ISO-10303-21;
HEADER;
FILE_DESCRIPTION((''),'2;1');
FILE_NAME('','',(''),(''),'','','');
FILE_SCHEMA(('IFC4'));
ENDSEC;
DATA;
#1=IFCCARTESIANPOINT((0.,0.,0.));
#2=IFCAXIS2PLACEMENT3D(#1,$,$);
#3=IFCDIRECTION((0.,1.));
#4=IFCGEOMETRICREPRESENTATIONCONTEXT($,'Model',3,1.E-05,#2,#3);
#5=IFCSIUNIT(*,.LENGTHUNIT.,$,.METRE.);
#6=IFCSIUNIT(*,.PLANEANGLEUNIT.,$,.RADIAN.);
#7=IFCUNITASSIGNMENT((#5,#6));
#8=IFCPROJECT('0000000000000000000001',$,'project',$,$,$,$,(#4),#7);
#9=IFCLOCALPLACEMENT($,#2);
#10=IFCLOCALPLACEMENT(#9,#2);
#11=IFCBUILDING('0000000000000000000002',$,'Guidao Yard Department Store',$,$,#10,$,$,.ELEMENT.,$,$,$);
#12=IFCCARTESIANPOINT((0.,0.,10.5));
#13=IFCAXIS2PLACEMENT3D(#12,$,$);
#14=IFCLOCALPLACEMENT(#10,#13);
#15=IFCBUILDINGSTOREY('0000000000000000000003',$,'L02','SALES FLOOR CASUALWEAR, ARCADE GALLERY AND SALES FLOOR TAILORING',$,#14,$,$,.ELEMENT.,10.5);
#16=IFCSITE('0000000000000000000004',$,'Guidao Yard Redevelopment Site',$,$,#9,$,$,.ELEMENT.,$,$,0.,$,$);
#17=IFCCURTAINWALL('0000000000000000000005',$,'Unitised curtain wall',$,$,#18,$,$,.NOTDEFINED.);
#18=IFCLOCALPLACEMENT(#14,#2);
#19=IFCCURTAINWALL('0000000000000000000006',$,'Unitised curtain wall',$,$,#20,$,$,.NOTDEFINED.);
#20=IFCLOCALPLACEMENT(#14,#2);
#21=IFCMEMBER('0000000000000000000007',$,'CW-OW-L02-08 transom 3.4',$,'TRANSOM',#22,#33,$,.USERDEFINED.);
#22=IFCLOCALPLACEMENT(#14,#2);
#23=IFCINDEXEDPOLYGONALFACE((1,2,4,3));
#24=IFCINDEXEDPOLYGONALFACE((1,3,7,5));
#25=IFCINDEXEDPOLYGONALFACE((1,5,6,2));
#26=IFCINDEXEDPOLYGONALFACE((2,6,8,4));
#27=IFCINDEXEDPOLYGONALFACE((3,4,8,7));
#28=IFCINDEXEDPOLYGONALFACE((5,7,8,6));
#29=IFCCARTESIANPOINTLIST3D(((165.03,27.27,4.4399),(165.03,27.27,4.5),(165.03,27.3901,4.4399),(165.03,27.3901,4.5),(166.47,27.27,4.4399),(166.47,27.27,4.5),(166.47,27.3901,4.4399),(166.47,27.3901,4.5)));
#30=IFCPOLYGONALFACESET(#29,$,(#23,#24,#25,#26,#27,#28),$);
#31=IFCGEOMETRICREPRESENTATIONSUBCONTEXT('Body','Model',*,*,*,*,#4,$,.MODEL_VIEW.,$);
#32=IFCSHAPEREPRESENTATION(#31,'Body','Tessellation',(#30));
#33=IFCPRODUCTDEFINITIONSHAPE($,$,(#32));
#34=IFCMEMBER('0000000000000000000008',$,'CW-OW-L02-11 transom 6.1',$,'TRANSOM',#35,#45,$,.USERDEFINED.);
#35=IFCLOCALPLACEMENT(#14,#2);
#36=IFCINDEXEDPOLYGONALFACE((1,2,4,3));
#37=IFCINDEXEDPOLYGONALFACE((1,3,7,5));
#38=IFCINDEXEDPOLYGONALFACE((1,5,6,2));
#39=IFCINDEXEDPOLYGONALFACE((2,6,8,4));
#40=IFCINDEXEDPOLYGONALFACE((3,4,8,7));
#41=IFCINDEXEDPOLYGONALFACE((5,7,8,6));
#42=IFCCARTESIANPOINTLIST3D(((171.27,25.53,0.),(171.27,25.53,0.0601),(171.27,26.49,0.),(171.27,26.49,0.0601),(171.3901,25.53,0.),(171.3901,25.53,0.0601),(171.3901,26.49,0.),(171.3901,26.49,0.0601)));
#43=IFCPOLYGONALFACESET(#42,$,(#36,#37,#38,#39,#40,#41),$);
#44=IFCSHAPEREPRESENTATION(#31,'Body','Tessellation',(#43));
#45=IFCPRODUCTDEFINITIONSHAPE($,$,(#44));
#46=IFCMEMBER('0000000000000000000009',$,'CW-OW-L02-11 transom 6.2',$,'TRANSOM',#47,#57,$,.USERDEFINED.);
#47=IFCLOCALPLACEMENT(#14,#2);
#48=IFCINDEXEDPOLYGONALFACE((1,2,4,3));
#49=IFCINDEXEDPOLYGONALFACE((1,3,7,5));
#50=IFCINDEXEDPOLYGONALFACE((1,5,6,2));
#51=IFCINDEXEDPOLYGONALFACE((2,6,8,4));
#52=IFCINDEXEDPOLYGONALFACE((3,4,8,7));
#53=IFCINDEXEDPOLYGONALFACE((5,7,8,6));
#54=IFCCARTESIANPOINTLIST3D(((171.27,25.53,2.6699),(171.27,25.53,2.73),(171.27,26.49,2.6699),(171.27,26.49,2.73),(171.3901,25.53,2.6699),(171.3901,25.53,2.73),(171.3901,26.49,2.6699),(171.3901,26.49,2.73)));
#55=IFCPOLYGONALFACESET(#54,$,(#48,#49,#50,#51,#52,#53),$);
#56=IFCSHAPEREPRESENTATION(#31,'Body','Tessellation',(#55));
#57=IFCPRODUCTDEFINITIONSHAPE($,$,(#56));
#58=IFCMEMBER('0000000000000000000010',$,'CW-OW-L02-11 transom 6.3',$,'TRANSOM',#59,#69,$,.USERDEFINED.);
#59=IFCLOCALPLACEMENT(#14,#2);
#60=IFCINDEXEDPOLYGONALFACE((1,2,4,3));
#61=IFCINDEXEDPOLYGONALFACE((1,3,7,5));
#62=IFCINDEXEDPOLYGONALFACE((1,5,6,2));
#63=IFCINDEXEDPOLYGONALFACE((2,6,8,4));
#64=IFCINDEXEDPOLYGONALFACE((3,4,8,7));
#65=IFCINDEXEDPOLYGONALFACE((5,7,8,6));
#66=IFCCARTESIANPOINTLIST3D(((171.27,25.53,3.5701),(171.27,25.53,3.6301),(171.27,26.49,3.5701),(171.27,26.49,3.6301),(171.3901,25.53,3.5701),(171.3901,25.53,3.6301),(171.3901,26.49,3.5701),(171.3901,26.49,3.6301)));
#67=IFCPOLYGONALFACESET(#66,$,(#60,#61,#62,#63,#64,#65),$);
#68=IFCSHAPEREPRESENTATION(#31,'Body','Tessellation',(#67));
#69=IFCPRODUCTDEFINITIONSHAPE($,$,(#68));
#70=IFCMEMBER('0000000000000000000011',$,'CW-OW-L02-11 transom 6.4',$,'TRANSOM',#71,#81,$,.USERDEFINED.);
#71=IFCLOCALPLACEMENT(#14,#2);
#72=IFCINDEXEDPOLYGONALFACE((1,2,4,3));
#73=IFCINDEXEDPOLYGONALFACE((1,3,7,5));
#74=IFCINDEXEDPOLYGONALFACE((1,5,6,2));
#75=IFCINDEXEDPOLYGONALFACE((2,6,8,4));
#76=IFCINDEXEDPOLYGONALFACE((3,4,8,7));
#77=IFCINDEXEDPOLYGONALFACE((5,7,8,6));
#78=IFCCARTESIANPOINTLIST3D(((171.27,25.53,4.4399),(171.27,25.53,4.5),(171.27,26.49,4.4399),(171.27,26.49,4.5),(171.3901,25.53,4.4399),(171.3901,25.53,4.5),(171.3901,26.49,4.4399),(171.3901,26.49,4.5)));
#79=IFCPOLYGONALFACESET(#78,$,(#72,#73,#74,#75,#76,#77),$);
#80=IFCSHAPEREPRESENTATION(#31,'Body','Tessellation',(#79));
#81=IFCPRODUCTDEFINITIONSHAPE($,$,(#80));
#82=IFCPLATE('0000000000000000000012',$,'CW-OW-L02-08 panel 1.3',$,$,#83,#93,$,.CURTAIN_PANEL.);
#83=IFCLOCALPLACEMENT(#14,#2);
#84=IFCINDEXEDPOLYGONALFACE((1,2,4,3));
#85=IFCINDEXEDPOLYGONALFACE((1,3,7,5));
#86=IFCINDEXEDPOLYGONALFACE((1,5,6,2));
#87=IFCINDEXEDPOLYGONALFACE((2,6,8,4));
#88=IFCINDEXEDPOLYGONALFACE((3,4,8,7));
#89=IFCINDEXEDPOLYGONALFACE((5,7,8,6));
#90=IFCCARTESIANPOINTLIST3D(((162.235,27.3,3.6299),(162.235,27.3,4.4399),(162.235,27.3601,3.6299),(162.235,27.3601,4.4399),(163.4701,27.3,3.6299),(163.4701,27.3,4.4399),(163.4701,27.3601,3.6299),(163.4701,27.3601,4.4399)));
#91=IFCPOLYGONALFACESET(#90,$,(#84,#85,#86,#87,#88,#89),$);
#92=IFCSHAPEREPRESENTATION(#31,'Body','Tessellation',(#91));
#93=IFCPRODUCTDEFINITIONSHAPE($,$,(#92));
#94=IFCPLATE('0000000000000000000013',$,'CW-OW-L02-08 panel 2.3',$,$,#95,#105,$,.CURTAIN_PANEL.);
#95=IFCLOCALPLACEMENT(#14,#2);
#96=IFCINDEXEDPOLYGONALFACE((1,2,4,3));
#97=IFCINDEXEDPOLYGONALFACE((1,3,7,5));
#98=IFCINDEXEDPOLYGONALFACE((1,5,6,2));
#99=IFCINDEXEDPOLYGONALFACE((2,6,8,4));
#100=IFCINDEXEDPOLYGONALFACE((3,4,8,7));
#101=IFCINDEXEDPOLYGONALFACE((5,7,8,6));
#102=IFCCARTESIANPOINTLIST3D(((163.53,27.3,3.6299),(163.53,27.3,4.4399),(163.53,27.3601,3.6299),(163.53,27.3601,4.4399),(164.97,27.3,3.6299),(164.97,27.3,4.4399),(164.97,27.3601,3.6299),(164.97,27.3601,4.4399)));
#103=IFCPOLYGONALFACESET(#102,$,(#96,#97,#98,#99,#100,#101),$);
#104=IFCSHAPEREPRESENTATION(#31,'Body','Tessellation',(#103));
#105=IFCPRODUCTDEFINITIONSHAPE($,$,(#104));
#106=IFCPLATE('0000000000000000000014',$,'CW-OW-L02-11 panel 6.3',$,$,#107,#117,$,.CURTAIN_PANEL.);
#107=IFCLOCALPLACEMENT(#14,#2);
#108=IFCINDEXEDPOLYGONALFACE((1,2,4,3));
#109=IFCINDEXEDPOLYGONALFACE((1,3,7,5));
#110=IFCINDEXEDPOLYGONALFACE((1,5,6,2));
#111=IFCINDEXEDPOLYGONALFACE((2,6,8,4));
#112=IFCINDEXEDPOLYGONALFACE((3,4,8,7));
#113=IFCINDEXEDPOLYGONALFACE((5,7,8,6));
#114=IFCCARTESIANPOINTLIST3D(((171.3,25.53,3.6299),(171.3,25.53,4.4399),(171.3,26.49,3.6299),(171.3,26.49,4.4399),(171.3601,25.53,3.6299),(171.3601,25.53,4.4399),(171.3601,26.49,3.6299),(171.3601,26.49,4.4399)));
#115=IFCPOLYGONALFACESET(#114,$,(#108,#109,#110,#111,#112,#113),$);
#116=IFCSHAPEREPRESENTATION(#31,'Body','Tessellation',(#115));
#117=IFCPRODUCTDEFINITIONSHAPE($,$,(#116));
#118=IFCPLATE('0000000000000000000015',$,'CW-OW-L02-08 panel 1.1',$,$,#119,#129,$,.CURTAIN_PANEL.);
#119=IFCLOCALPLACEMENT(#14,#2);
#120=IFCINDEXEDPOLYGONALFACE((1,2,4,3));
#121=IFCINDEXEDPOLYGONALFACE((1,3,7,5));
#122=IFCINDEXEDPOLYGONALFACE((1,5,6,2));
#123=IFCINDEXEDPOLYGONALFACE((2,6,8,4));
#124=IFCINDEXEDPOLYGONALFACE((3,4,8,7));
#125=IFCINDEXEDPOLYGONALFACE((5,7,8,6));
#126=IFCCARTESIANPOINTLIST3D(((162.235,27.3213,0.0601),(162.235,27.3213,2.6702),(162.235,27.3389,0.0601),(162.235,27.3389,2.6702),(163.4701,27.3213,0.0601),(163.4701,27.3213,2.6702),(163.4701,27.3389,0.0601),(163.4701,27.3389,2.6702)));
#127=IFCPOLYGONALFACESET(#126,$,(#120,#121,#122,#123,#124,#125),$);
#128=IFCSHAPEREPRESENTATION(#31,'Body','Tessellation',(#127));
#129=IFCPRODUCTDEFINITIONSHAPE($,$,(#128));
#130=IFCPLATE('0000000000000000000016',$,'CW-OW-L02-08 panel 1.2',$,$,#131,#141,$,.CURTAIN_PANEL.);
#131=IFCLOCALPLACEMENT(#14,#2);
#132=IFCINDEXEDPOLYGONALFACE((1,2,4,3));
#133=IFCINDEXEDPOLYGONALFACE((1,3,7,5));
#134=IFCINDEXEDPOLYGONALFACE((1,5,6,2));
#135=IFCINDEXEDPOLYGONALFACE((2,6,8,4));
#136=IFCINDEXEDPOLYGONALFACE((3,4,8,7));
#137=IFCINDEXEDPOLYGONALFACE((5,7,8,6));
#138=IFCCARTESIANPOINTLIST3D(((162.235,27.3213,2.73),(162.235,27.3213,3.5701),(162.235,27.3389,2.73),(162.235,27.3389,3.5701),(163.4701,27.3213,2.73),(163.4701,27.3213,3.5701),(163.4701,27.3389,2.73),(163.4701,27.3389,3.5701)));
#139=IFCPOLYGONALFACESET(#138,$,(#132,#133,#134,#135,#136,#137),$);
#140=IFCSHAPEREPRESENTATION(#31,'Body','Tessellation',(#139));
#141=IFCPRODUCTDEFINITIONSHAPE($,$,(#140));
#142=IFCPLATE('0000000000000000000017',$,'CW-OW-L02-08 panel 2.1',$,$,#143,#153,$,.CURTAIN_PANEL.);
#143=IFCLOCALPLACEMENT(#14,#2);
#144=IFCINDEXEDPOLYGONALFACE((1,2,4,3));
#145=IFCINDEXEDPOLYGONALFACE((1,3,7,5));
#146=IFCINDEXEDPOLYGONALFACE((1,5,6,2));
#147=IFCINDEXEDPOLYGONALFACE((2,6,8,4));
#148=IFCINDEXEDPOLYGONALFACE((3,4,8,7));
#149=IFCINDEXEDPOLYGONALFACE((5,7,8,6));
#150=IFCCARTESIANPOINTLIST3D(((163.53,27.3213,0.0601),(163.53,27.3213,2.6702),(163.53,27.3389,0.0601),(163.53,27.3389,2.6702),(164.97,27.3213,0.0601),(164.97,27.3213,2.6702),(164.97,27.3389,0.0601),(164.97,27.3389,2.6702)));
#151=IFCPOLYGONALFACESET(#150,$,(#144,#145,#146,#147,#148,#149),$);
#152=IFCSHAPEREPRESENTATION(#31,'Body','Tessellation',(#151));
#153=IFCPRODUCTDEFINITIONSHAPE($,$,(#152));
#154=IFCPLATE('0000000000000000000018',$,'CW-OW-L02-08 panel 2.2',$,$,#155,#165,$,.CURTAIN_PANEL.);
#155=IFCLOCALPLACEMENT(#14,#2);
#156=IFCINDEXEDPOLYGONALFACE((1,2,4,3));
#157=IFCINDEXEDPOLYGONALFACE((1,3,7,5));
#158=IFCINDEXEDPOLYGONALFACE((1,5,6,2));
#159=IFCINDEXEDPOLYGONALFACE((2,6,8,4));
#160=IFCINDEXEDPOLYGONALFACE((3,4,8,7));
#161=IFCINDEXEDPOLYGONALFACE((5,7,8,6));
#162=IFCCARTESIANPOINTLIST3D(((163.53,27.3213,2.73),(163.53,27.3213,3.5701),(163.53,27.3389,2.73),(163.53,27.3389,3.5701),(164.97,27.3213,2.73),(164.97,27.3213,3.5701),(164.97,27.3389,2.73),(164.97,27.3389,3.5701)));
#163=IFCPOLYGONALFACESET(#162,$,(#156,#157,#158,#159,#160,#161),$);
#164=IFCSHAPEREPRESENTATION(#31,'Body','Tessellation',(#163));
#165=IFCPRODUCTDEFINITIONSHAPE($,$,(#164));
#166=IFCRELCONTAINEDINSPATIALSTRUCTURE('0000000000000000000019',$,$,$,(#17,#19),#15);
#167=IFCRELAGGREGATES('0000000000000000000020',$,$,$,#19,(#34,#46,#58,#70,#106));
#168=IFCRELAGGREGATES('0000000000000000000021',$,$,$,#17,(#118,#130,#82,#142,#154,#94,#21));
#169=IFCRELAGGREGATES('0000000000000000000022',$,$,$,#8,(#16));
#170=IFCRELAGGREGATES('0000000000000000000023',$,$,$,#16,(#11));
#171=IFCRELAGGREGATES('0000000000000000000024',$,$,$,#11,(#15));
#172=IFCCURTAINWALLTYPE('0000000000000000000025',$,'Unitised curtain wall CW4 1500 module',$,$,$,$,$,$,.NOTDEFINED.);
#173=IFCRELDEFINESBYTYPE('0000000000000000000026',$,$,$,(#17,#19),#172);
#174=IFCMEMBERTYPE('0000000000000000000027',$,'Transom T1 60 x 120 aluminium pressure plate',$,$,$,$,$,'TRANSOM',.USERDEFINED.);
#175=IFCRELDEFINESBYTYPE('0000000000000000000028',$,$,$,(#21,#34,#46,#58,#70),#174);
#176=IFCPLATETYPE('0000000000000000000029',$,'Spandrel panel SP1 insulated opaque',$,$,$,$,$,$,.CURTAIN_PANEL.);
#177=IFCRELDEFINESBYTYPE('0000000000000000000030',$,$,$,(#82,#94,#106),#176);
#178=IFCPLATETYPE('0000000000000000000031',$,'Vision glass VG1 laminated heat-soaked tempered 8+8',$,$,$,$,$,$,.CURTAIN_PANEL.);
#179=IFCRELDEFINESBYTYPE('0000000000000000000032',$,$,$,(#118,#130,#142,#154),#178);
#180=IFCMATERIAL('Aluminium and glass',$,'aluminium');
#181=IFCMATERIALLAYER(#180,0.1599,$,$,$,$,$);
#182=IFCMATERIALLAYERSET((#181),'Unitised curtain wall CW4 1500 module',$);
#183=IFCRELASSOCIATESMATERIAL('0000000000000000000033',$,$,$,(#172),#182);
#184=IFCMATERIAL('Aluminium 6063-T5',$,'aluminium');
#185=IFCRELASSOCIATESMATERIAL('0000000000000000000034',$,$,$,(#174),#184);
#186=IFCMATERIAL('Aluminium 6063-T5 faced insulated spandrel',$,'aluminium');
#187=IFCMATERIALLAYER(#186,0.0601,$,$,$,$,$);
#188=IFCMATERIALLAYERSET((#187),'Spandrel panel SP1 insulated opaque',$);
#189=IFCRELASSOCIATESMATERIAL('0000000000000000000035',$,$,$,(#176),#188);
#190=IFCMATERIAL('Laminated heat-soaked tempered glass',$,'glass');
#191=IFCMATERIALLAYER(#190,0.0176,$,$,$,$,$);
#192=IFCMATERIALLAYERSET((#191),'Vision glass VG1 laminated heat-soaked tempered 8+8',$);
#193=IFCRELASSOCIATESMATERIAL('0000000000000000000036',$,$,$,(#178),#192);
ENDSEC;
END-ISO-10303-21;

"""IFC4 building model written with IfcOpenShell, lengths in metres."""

from ifc_helpers import new_model, si_unit, direction, frame, origin, origin_2d, place, context, subcontext, project, spatial, rectangle, extrude, material, layer, layer_set, material_profile, profile_set, type_object, element, aggregate, save


model = new_model("IFC4")

# Units and contexts
model_context = context("Model", 3, precision=1e-05, world=origin(), true_north=direction((0.0, 1.0)))
body_context = subcontext(model_context, "Body", "Model", "MODEL_VIEW")
ifc_project = project(units=[si_unit("LENGTHUNIT", "METRE"), si_unit("PLANEANGLEUNIT", "RADIAN")], contexts=[model_context])

# Site, building, storey
site_placement = place(None, origin())
site = spatial("IfcSite", under=ifc_project, at=site_placement, Name="Guidao Yard Redevelopment Site", CompositionType="ELEMENT", RefElevation=0.0)
building_placement = place(site_placement, origin())
building = spatial("IfcBuilding", under=site, at=building_placement, Name="Guidao Yard Department Store", CompositionType="ELEMENT")
storey_placement = place(building_placement, frame((0.0, 0.0, 10.5)))
storey = spatial("IfcBuildingStorey", under=building, at=storey_placement, Name="L02", Description="SALES FLOOR CASUALWEAR, ARCADE GALLERY AND SALES FLOOR TAILORING", CompositionType="ELEMENT", Elevation=10.5)

# Curtain wall
ifc_material_1 = material(Name="Aluminium and glass", Category="aluminium")
ifc_layer_1 = layer(ifc_material_1, 0.1599)
ifc_layer_set_1 = layer_set([ifc_layer_1], Name="Unitised curtain wall CW4 1500 module")
curtain_wall_type = type_object("IfcCurtainWallType", Name="Unitised curtain wall CW4 1500 module", PredefinedType="NOTDEFINED", material=ifc_layer_set_1)
curtain_wall_1_placement = place(storey_placement, origin())
curtain_wall_1 = element("IfcCurtainWall", 1, at=curtain_wall_1_placement, inside=storey, type_object=curtain_wall_type, Name="Unitised curtain wall", PredefinedType="NOTDEFINED")

# Curtain wall
curtain_wall_2_placement = place(storey_placement, origin())
curtain_wall_2 = element("IfcCurtainWall", 2, at=curtain_wall_2_placement, inside=storey, type_object=curtain_wall_type, Name="Unitised curtain wall", PredefinedType="NOTDEFINED")

# Members
ifc_material_2 = material(Name="Aluminium 6063-T5", Category="aluminium")
ifc_material_profile_1 = material_profile(ifc_material_2, rectangle(XDim=0.1201, YDim=0.0601, at=origin_2d()), Name="Transom T1 60 x 120 aluminium pressure plate")
ifc_profile_set_1 = profile_set([ifc_material_profile_1], Name="Aluminium 6063-T5")
member_type_1 = type_object("IfcMemberType", Name="Transom T1 60 x 120 aluminium pressure plate", ElementType="TRANSOM", PredefinedType="USERDEFINED", material=ifc_profile_set_1)
member_1_placement = place(storey_placement, frame((165.03, 27.3301, 4.47), z_axis=(1.0, 0.0, 0.0), x_axis=(0.0, 1.0, 0.0)))
member_1 = element("IfcMember", 3, at=member_1_placement, type_object=member_type_1, Name="CW-OW-L02-08 transom 3.4", ObjectType="TRANSOM", PredefinedType="USERDEFINED", context=body_context, shape_type="SweptSolid", body=[
    extrude(rectangle(XDim=0.1201, YDim=0.0601, at=origin_2d()), origin(), (0.0, 0.0, 1.0), 1.4399),
])
member_2_placement = place(storey_placement, frame((171.3301, 26.49, 0.03), z_axis=(0.0, -1.0, 0.0), x_axis=(1.0, 0.0, 0.0)))
member_2 = element("IfcMember", 4, at=member_2_placement, type_object=member_type_1, Name="CW-OW-L02-11 transom 6.1", ObjectType="TRANSOM", PredefinedType="USERDEFINED", context=body_context, shape_type="SweptSolid", body=[
    extrude(rectangle(XDim=0.1201, YDim=0.0601, at=origin_2d()), origin(), (0.0, 0.0, 1.0), 0.96),
])
member_3_placement = place(storey_placement, frame((171.3301, 26.49, 2.7), z_axis=(0.0, -1.0, 0.0), x_axis=(1.0, 0.0, 0.0)))
member_3 = element("IfcMember", 5, at=member_3_placement, type_object=member_type_1, Name="CW-OW-L02-11 transom 6.2", ObjectType="TRANSOM", PredefinedType="USERDEFINED", context=body_context, shape_type="SweptSolid", body=[
    extrude(rectangle(XDim=0.1201, YDim=0.0601, at=origin_2d()), origin(), (0.0, 0.0, 1.0), 0.96),
])
member_4_placement = place(storey_placement, frame((171.3301, 26.49, 3.6001), z_axis=(0.0, -1.0, 0.0), x_axis=(1.0, 0.0, 0.0)))
member_4 = element("IfcMember", 6, at=member_4_placement, type_object=member_type_1, Name="CW-OW-L02-11 transom 6.3", ObjectType="TRANSOM", PredefinedType="USERDEFINED", context=body_context, shape_type="SweptSolid", body=[
    extrude(rectangle(XDim=0.1201, YDim=0.0601, at=origin_2d()), origin(), (0.0, 0.0, 1.0), 0.96),
])
member_5_placement = place(storey_placement, frame((171.3301, 26.49, 4.47), z_axis=(0.0, -1.0, 0.0), x_axis=(1.0, 0.0, 0.0)))
member_5 = element("IfcMember", 7, at=member_5_placement, type_object=member_type_1, Name="CW-OW-L02-11 transom 6.4", ObjectType="TRANSOM", PredefinedType="USERDEFINED", context=body_context, shape_type="SweptSolid", body=[
    extrude(rectangle(XDim=0.1201, YDim=0.0601, at=origin_2d()), origin(), (0.0, 0.0, 1.0), 0.96),
])

# Plates
ifc_material_3 = material(Name="Aluminium 6063-T5 faced insulated spandrel", Category="aluminium")
ifc_layer_2 = layer(ifc_material_3, 0.0601)
ifc_layer_set_2 = layer_set([ifc_layer_2], Name="Spandrel panel SP1 insulated opaque")
plate_type_1 = type_object("IfcPlateType", Name="Spandrel panel SP1 insulated opaque", PredefinedType="CURTAIN_PANEL", material=ifc_layer_set_2)
plate_1_placement = place(storey_placement, frame((162.8525, 27.3301, 3.6299), z_axis=(0.0, 0.0, 1.0), x_axis=(1.0, 0.0, 0.0)))
plate_1 = element("IfcPlate", 8, at=plate_1_placement, type_object=plate_type_1, Name="CW-OW-L02-08 panel 1.3", PredefinedType="CURTAIN_PANEL", context=body_context, shape_type="SweptSolid", body=[
    extrude(rectangle(XDim=1.2351, YDim=0.0601, at=origin_2d()), origin(), (0.0, 0.0, 1.0), 0.8101),
])
plate_2_placement = place(storey_placement, frame((164.25, 27.3301, 3.6299), z_axis=(0.0, 0.0, 1.0), x_axis=(1.0, 0.0, 0.0)))
plate_2 = element("IfcPlate", 9, at=plate_2_placement, type_object=plate_type_1, Name="CW-OW-L02-08 panel 2.3", PredefinedType="CURTAIN_PANEL", context=body_context, shape_type="SweptSolid", body=[
    extrude(rectangle(XDim=1.4399, YDim=0.0601, at=origin_2d()), origin(), (0.0, 0.0, 1.0), 0.8101),
])
plate_3_placement = place(storey_placement, frame((171.3301, 26.01, 3.6299), z_axis=(0.0, 0.0, 1.0), x_axis=(0.0, -1.0, 0.0)))
plate_3 = element("IfcPlate", 10, at=plate_3_placement, type_object=plate_type_1, Name="CW-OW-L02-11 panel 6.3", PredefinedType="CURTAIN_PANEL", context=body_context, shape_type="SweptSolid", body=[
    extrude(rectangle(XDim=0.96, YDim=0.0601, at=origin_2d()), origin(), (0.0, 0.0, 1.0), 0.8101),
])
aggregate(curtain_wall_2, [member_2, member_3, member_4, member_5, plate_3])
ifc_material_4 = material(Name="Laminated heat-soaked tempered glass", Category="glass")
ifc_layer_3 = layer(ifc_material_4, 0.0176)
ifc_layer_set_3 = layer_set([ifc_layer_3], Name="Vision glass VG1 laminated heat-soaked tempered 8+8")
plate_type_2 = type_object("IfcPlateType", Name="Vision glass VG1 laminated heat-soaked tempered 8+8", PredefinedType="CURTAIN_PANEL", material=ifc_layer_set_3)
plate_4_placement = place(storey_placement, frame((162.8525, 27.3301, 0.0601), z_axis=(0.0, 0.0, 1.0), x_axis=(1.0, 0.0, 0.0)))
plate_4 = element("IfcPlate", 11, at=plate_4_placement, type_object=plate_type_2, Name="CW-OW-L02-08 panel 1.1", PredefinedType="CURTAIN_PANEL", context=body_context, shape_type="SweptSolid", body=[
    extrude(rectangle(XDim=1.2351, YDim=0.0176, at=origin_2d()), origin(), (0.0, 0.0, 1.0), 2.6101),
])
plate_5_placement = place(storey_placement, frame((162.8525, 27.3301, 2.73), z_axis=(0.0, 0.0, 1.0), x_axis=(1.0, 0.0, 0.0)))
plate_5 = element("IfcPlate", 12, at=plate_5_placement, type_object=plate_type_2, Name="CW-OW-L02-08 panel 1.2", PredefinedType="CURTAIN_PANEL", context=body_context, shape_type="SweptSolid", body=[
    extrude(rectangle(XDim=1.2351, YDim=0.0176, at=origin_2d()), origin(), (0.0, 0.0, 1.0), 0.8401),
])
plate_6_placement = place(storey_placement, frame((164.25, 27.3301, 0.0601), z_axis=(0.0, 0.0, 1.0), x_axis=(1.0, 0.0, 0.0)))
plate_6 = element("IfcPlate", 13, at=plate_6_placement, type_object=plate_type_2, Name="CW-OW-L02-08 panel 2.1", PredefinedType="CURTAIN_PANEL", context=body_context, shape_type="SweptSolid", body=[
    extrude(rectangle(XDim=1.4399, YDim=0.0176, at=origin_2d()), origin(), (0.0, 0.0, 1.0), 2.6101),
])
plate_7_placement = place(storey_placement, frame((164.25, 27.3301, 2.73), z_axis=(0.0, 0.0, 1.0), x_axis=(1.0, 0.0, 0.0)))
plate_7 = element("IfcPlate", 14, at=plate_7_placement, type_object=plate_type_2, Name="CW-OW-L02-08 panel 2.2", PredefinedType="CURTAIN_PANEL", context=body_context, shape_type="SweptSolid", body=[
    extrude(rectangle(XDim=1.4399, YDim=0.0176, at=origin_2d()), origin(), (0.0, 0.0, 1.0), 0.8401),
])
aggregate(curtain_wall_1, [plate_4, plate_5, plate_1, plate_6, plate_7, plate_2, member_1])

save(model, "model.ifc")
